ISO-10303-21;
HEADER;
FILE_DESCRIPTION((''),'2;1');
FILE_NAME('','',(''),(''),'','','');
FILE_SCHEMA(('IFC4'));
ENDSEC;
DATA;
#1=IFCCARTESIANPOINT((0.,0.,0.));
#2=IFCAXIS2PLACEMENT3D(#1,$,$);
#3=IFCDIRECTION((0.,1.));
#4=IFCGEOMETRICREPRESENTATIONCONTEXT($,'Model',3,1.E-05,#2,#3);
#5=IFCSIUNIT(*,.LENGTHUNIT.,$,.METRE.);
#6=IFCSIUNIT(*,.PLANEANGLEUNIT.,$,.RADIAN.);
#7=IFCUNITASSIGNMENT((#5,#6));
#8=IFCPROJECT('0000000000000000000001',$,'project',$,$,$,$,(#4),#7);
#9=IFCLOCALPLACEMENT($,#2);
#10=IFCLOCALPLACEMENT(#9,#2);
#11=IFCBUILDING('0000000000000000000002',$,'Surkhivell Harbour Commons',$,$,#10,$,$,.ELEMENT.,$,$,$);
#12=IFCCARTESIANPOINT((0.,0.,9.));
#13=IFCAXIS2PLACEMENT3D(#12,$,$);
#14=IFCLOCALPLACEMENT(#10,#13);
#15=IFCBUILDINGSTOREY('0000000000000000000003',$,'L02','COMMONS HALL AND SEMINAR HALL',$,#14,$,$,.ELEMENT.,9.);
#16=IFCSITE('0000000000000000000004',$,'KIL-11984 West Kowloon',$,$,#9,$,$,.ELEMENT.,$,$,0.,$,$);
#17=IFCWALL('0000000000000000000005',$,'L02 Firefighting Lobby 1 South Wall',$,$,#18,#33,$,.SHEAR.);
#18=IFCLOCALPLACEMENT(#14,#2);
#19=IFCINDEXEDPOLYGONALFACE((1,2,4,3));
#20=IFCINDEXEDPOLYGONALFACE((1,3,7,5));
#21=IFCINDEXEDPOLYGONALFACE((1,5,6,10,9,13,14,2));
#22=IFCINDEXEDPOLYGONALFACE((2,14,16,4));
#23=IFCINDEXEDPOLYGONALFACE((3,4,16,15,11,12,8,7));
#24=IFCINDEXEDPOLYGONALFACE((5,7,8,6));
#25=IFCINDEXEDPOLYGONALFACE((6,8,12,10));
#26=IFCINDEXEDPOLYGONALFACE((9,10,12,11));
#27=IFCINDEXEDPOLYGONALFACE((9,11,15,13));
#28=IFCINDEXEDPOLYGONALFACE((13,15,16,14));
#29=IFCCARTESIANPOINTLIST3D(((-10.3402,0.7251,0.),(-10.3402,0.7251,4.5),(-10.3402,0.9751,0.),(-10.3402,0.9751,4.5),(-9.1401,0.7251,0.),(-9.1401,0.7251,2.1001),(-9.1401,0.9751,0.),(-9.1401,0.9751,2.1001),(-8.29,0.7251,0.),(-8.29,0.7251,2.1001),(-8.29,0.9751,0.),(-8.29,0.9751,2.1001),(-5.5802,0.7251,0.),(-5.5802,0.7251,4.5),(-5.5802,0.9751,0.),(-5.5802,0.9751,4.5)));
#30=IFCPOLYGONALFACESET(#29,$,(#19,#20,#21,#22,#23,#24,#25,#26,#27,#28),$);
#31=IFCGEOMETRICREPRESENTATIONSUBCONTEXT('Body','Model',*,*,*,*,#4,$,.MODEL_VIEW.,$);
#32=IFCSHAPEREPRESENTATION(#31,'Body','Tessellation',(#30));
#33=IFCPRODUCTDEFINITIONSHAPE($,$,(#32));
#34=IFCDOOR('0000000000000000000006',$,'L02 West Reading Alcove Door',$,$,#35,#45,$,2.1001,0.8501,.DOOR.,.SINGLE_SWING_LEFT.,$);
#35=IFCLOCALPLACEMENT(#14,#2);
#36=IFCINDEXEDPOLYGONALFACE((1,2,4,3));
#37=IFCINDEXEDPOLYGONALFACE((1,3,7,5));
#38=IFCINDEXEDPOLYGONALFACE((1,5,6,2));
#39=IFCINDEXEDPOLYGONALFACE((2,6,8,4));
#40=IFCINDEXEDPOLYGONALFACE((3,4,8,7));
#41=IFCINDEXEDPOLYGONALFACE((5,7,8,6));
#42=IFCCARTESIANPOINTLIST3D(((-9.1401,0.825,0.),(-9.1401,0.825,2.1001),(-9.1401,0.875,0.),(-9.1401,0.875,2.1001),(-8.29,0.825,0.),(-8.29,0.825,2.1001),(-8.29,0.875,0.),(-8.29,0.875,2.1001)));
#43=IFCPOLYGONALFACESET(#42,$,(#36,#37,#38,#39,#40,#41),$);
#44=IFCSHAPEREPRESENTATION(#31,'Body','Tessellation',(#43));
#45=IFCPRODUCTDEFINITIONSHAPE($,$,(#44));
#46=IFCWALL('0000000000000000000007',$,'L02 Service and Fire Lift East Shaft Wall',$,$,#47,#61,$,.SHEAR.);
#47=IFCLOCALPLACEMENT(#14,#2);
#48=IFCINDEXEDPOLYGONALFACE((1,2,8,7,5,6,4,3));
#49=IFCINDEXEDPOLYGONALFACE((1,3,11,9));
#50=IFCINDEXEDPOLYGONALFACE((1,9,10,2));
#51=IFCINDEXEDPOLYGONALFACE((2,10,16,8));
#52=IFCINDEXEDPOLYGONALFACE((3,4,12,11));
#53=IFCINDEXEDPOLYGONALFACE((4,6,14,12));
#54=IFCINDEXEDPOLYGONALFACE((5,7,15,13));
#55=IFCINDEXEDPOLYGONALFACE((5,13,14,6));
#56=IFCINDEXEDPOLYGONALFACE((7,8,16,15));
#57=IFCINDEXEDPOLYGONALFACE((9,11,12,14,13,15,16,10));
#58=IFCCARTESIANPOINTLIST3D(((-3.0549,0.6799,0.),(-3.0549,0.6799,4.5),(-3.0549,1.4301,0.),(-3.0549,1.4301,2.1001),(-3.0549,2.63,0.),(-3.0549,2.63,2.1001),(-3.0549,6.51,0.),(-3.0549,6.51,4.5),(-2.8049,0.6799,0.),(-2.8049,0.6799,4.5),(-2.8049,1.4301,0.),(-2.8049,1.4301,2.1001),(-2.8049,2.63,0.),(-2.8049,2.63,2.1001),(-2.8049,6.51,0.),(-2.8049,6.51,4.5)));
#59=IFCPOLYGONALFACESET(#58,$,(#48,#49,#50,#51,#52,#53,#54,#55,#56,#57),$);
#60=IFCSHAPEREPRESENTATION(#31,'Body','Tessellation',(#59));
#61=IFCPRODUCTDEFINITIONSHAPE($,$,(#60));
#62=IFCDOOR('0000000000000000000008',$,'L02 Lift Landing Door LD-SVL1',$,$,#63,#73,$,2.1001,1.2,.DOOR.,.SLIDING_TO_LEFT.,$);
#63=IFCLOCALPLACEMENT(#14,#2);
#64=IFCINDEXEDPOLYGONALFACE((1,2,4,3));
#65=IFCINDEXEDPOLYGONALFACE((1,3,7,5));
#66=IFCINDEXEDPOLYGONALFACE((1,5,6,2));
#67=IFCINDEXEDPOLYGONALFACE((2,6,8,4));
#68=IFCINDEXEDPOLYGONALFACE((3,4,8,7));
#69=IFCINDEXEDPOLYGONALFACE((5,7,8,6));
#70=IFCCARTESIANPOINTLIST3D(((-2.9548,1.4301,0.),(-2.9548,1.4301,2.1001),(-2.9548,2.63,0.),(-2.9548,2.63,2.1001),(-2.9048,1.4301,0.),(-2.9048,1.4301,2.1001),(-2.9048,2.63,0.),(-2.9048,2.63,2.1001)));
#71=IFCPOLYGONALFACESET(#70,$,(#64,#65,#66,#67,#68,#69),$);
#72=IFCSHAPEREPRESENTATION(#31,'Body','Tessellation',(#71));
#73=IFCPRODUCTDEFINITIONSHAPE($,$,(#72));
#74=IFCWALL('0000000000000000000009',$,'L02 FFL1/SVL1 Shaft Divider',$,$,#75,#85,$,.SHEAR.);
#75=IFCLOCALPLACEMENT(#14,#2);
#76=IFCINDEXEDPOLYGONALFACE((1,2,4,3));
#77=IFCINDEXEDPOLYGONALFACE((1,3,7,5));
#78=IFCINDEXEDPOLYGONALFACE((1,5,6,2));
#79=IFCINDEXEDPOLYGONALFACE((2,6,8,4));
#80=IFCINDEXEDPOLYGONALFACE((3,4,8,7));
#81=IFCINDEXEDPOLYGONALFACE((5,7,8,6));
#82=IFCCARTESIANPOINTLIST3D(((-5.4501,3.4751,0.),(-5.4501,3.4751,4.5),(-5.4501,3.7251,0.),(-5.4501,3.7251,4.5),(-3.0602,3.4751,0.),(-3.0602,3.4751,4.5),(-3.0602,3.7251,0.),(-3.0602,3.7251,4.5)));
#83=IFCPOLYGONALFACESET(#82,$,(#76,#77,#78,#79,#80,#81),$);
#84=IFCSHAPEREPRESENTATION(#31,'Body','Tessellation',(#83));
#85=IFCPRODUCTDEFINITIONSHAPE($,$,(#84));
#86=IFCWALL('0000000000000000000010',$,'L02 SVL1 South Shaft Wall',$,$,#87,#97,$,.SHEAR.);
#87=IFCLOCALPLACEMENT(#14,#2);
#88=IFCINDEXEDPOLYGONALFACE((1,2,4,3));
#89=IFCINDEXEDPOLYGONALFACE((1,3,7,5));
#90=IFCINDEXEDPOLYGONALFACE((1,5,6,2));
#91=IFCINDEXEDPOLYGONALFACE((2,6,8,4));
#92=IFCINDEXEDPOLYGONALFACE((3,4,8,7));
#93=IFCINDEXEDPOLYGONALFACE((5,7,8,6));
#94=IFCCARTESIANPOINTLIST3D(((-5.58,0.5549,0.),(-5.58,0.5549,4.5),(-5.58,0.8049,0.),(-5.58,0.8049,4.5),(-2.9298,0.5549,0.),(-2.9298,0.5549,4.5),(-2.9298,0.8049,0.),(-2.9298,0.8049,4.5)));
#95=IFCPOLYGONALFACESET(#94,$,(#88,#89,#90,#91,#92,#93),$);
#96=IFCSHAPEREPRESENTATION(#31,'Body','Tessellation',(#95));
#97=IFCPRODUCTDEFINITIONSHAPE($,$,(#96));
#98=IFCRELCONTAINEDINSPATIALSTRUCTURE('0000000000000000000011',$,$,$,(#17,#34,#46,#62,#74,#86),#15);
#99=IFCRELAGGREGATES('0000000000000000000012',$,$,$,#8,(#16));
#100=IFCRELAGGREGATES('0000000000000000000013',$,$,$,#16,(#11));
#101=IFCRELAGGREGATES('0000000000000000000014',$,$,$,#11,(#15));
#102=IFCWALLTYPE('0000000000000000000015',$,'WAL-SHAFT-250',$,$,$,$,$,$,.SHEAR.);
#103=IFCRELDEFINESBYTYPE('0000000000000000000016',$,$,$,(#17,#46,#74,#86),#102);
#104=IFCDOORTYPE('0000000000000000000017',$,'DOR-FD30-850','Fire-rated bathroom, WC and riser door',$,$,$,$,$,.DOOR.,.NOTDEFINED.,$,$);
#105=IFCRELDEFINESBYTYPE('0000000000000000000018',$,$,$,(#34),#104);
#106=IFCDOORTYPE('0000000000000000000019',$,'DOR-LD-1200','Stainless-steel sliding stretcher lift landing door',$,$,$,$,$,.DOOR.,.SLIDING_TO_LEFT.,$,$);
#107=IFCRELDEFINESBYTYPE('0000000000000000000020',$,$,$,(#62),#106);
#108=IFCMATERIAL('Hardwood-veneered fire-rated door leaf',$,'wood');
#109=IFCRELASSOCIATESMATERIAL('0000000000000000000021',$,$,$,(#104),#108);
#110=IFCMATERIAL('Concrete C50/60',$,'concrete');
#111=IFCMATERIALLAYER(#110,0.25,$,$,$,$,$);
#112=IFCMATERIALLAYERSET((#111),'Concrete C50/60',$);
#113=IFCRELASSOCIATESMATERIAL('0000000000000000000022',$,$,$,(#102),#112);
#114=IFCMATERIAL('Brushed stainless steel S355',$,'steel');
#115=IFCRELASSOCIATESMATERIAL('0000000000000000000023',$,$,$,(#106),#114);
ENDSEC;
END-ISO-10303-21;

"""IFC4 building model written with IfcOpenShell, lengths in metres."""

from ifc_helpers import new_model, si_unit, direction, frame, frame_2d, origin, place, context, subcontext, project, spatial, rectangle, extrude, material, layer, layer_set, type_object, element, fill, save


model = new_model("IFC4")

# Units and contexts
model_context = context("Model", 3, precision=1e-05, world=origin(), true_north=direction((0.0, 1.0)))
body_context = subcontext(model_context, "Body", "Model", "MODEL_VIEW")
ifc_project = project(units=[si_unit("LENGTHUNIT", "METRE"), si_unit("PLANEANGLEUNIT", "RADIAN")], contexts=[model_context])

# Site, building, storey
site_placement = place(None, origin())
site = spatial("IfcSite", under=ifc_project, at=site_placement, Name="KIL-11984 West Kowloon", CompositionType="ELEMENT", RefElevation=0.0)
building_placement = place(site_placement, origin())
building = spatial("IfcBuilding", under=site, at=building_placement, Name="Surkhivell Harbour Commons", CompositionType="ELEMENT")
storey_placement = place(building_placement, frame((0.0, 0.0, 9.0)))
storey = spatial("IfcBuildingStorey", under=building, at=storey_placement, Name="L02", Description="COMMONS HALL AND SEMINAR HALL", CompositionType="ELEMENT", Elevation=9.0)

# Shared definitions
ifc_material_1 = material(Name="Concrete C50/60", Category="concrete")

# Shared definitions
ifc_material_2 = material(Name="Hardwood-veneered fire-rated door leaf", Category="wood")
door_type_1 = type_object("IfcDoorType", Name="DOR-FD30-850", Description="Fire-rated bathroom, WC and riser door", OperationType="NOTDEFINED", PredefinedType="DOOR", material=ifc_material_2)

# Walls, openings, doors
ifc_layer_1 = layer(ifc_material_1, 0.25)
ifc_layer_set_1 = layer_set([ifc_layer_1], Name="Concrete C50/60")
wall_type_1 = type_object("IfcWallType", Name="WAL-SHAFT-250", PredefinedType="SHEAR", material=ifc_layer_set_1)
ifc_material_3 = material(Name="Brushed stainless steel S355", Category="steel")
wall_1_placement = place(storey_placement, frame((-10.3401, 0.8501, 0.0), z_axis=(0.0, 0.0, 1.0), x_axis=(1.0, 0.0, 0.0)))
wall_1 = element("IfcWall", 1, at=wall_1_placement, inside=storey, type_object=wall_type_1, Name="L02 Firefighting Lobby 1 South Wall", PredefinedType="SHEAR", context=body_context, shape_type="SweptSolid", body=[
    extrude(rectangle(XDim=4.76, YDim=0.25, at=frame_2d((2.3799, 0.0))), origin(), (0.0, 0.0, 1.0), 4.5),
])
opening_1_placement = place(wall_1_placement, frame((1.2, 0.0, 0.0)))
opening_1 = element("IfcOpeningElement", 2, at=opening_1_placement, cuts=wall_1, PredefinedType="OPENING", context=body_context, shape_type="SweptSolid", body=[
    extrude(rectangle(XDim=0.8501, YDim=2.1001, at=frame_2d((0.425, 1.05))), frame((0.0, 0.135, 0.0), z_axis=(0.0, -1.0, 0.0), x_axis=(1.0, 0.0, 0.0)), (0.0, 0.0, 1.0), 0.27),
])
door_1_placement = place(opening_1_placement, origin())
door_1 = element("IfcDoor", 3, at=door_1_placement, inside=storey, type_object=door_type_1, Name="L02 West Reading Alcove Door", OperationType="SINGLE_SWING_LEFT", OverallHeight=2.1001, OverallWidth=0.8501, PredefinedType="DOOR", context=body_context, shape_type="SweptSolid", body=[
    extrude(rectangle(XDim=0.8501, YDim=2.1001, at=frame_2d((0.425, 1.05))), frame((0.0, 0.0249, 0.0), z_axis=(0.0, -1.0, 0.0), x_axis=(1.0, 0.0, 0.0)), (0.0, 0.0, 1.0), 0.05),
])
fill(opening_1, door_1)
wall_2_placement = place(storey_placement, frame((-2.9299, 0.6799, 0.0), z_axis=(0.0, 0.0, 1.0), x_axis=(0.0, 1.0, 0.0)))
wall_2 = element("IfcWall", 4, at=wall_2_placement, inside=storey, type_object=wall_type_1, Name="L02 Service and Fire Lift East Shaft Wall", PredefinedType="SHEAR", context=body_context, shape_type="SweptSolid", body=[
    extrude(rectangle(XDim=5.8301, YDim=0.25, at=frame_2d((2.915, 0.0))), origin(), (0.0, 0.0, 1.0), 4.5),
])
opening_2_placement = place(wall_2_placement, frame((0.75, 0.0, 0.0)))
opening_2 = element("IfcOpeningElement", 5, at=opening_2_placement, cuts=wall_2, PredefinedType="OPENING", context=body_context, shape_type="SweptSolid", body=[
    extrude(rectangle(XDim=1.2, YDim=2.1001, at=frame_2d((0.6001, 1.05))), frame((0.0, 0.135, 0.0), z_axis=(0.0, -1.0, 0.0), x_axis=(1.0, 0.0, 0.0)), (0.0, 0.0, 1.0), 0.27),
])
door_type_2 = type_object("IfcDoorType", Name="DOR-LD-1200", Description="Stainless-steel sliding stretcher lift landing door", OperationType="SLIDING_TO_LEFT", PredefinedType="DOOR", material=ifc_material_3)
door_2_placement = place(opening_2_placement, origin())
door_2 = element("IfcDoor", 6, at=door_2_placement, inside=storey, type_object=door_type_2, Name="L02 Lift Landing Door LD-SVL1", OperationType="SLIDING_TO_LEFT", OverallHeight=2.1001, OverallWidth=1.2, PredefinedType="DOOR", context=body_context, shape_type="SweptSolid", body=[
    extrude(rectangle(XDim=1.2, YDim=2.1001, at=frame_2d((0.6001, 1.05))), frame((0.0, 0.0249, 0.0), z_axis=(0.0, -1.0, 0.0), x_axis=(1.0, 0.0, 0.0)), (0.0, 0.0, 1.0), 0.05),
])
fill(opening_2, door_2)

# Walls
wall_3_placement = place(storey_placement, frame((-5.45, 3.6001, 0.0), z_axis=(0.0, 0.0, 1.0), x_axis=(1.0, 0.0, 0.0)))
element("IfcWall", 7, at=wall_3_placement, inside=storey, type_object=wall_type_1, Name="L02 FFL1/SVL1 Shaft Divider", PredefinedType="SHEAR", context=body_context, shape_type="SweptSolid", body=[
    extrude(rectangle(XDim=2.3899, YDim=0.25, at=frame_2d((1.1948, 0.0))), origin(), (0.0, 0.0, 1.0), 4.5),
])
wall_4_placement = place(storey_placement, frame((-5.5801, 0.6799, 0.0), z_axis=(0.0, 0.0, 1.0), x_axis=(1.0, 0.0, 0.0)))
element("IfcWall", 8, at=wall_4_placement, inside=storey, type_object=wall_type_1, Name="L02 SVL1 South Shaft Wall", PredefinedType="SHEAR", context=body_context, shape_type="SweptSolid", body=[
    extrude(rectangle(XDim=2.6501, YDim=0.25, at=frame_2d((1.3252, 0.0))), origin(), (0.0, 0.0, 1.0), 4.5),
])

save(model, "model.ifc")
